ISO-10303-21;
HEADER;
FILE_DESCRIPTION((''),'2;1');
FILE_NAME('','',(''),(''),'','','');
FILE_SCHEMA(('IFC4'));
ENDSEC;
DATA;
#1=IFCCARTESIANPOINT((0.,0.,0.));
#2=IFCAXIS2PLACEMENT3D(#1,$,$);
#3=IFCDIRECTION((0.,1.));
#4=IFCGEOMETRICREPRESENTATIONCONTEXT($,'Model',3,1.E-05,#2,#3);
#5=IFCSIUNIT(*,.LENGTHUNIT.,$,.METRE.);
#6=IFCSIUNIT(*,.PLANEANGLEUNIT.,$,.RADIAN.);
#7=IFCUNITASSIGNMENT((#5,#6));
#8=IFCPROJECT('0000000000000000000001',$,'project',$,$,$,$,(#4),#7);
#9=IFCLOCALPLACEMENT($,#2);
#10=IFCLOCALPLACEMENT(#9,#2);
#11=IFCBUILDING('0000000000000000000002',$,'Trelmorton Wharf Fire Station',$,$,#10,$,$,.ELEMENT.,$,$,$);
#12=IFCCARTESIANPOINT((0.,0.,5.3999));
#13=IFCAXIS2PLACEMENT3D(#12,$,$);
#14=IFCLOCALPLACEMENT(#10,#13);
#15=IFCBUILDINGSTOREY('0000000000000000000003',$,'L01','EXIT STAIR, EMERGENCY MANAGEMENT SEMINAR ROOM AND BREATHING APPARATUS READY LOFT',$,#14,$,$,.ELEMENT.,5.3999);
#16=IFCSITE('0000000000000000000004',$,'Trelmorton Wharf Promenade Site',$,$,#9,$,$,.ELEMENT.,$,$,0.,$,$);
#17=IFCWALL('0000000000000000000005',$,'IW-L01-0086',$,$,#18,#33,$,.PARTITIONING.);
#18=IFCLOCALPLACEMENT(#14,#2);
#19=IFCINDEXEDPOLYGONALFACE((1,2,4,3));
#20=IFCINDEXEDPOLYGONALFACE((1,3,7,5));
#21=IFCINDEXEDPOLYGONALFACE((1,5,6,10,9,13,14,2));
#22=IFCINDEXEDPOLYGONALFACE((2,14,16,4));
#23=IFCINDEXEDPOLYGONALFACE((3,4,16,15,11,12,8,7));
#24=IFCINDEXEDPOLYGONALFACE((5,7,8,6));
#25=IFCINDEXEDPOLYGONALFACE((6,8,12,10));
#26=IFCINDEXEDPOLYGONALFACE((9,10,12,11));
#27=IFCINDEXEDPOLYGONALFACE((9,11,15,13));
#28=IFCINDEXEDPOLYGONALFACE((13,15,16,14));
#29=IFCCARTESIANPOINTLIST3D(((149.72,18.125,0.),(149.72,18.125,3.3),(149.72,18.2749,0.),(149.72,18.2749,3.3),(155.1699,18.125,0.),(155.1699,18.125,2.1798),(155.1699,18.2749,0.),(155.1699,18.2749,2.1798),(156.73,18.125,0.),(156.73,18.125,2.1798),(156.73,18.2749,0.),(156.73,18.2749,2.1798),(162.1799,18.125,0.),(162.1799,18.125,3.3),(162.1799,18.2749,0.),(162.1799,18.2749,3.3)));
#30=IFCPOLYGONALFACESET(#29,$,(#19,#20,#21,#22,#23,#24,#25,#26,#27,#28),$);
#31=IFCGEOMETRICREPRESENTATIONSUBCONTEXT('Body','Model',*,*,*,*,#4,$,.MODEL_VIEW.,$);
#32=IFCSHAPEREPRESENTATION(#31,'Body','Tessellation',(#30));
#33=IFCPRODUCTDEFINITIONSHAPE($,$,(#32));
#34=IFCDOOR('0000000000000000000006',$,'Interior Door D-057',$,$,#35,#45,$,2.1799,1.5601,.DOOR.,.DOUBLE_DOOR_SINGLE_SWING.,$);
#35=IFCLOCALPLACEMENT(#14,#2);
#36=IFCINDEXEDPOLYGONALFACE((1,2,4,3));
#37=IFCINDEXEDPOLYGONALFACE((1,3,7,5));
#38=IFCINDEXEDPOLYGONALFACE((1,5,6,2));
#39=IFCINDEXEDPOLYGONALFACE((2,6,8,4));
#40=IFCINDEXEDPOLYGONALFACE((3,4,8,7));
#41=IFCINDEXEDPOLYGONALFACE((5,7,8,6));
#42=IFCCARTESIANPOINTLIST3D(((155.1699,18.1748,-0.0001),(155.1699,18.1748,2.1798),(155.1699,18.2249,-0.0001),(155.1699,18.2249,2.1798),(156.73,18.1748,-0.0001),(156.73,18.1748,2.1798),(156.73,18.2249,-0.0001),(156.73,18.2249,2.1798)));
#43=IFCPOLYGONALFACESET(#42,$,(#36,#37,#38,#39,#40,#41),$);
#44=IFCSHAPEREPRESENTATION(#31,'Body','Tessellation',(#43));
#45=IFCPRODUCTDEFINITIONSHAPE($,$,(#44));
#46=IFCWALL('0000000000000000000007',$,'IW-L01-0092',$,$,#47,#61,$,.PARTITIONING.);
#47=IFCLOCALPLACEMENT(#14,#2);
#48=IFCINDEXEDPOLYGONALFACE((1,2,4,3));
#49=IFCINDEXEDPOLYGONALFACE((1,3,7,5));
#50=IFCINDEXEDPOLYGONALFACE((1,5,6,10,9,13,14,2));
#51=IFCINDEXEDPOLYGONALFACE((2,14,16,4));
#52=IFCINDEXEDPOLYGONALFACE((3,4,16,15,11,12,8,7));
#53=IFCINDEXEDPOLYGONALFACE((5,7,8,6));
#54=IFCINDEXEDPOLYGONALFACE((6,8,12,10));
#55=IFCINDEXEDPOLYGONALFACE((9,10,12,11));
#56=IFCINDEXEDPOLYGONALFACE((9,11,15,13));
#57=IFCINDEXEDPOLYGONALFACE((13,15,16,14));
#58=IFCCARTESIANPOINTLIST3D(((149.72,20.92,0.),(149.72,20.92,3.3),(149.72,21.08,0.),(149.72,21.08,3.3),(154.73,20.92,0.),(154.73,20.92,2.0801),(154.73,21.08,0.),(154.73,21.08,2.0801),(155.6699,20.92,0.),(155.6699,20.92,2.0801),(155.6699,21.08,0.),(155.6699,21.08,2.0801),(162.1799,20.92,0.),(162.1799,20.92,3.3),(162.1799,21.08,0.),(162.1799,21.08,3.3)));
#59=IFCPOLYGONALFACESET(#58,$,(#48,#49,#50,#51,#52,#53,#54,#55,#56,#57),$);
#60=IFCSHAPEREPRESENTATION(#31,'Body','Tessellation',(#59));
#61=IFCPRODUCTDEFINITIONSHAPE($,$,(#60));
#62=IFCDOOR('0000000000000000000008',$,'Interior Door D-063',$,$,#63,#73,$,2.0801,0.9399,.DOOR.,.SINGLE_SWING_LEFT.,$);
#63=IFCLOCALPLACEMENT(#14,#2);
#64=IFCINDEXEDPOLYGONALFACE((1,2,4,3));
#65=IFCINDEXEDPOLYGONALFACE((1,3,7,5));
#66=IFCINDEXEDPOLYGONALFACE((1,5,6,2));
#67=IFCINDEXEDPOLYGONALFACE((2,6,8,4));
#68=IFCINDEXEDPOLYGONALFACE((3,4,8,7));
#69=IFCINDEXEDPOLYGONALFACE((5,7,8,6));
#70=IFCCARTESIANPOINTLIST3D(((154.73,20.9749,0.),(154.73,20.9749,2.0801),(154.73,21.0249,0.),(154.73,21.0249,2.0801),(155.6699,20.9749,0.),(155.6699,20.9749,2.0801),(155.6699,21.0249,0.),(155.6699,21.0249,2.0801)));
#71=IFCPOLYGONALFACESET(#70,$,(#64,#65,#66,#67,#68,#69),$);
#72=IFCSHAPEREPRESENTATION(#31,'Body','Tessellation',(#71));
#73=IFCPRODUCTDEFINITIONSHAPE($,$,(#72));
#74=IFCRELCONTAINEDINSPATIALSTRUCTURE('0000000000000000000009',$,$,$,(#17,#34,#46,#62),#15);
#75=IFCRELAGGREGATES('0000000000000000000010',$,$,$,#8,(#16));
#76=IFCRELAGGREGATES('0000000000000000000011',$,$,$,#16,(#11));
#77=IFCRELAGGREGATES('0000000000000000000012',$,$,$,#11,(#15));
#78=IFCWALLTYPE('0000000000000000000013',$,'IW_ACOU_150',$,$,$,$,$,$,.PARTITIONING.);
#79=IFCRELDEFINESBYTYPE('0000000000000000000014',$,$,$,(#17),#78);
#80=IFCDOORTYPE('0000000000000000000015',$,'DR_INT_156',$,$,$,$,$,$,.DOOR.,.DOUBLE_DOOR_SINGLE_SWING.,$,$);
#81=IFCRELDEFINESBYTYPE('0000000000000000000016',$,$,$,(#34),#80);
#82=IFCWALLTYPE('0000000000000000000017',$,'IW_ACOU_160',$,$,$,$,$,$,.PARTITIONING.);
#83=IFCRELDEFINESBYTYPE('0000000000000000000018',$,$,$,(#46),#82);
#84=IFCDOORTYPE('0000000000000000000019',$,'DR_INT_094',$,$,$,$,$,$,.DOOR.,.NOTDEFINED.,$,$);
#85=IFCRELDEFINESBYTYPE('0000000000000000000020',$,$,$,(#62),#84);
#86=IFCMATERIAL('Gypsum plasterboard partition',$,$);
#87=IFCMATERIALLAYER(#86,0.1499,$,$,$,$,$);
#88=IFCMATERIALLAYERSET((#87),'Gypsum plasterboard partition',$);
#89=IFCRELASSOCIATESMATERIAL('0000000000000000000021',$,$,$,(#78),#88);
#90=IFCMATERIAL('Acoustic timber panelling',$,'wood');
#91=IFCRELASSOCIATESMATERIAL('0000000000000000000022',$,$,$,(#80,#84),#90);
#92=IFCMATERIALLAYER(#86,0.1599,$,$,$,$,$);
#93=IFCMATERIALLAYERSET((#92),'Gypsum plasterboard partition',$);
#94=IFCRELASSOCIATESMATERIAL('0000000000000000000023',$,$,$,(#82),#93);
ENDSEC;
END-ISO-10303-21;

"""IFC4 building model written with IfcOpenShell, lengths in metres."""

from ifc_helpers import new_model, si_unit, direction, frame, frame_2d, origin, place, context, subcontext, project, spatial, rectangle, extrude, material, layer, layer_set, type_object, element, fill, save


model = new_model("IFC4")

# Units and contexts
model_context = context("Model", 3, precision=1e-05, world=origin(), true_north=direction((0.0, 1.0)))
body_context = subcontext(model_context, "Body", "Model", "MODEL_VIEW")
ifc_project = project(units=[si_unit("LENGTHUNIT", "METRE"), si_unit("PLANEANGLEUNIT", "RADIAN")], contexts=[model_context])

# Site, building, storey
site_placement = place(None, origin())
site = spatial("IfcSite", under=ifc_project, at=site_placement, Name="Trelmorton Wharf Promenade Site", CompositionType="ELEMENT", RefElevation=0.0)
building_placement = place(site_placement, origin())
building = spatial("IfcBuilding", under=site, at=building_placement, Name="Trelmorton Wharf Fire Station", CompositionType="ELEMENT")
storey_placement = place(building_placement, frame((0.0, 0.0, 5.3999)))
storey = spatial("IfcBuildingStorey", under=building, at=storey_placement, Name="L01", Description="EXIT STAIR, EMERGENCY MANAGEMENT SEMINAR ROOM AND BREATHING APPARATUS READY LOFT", CompositionType="ELEMENT", Elevation=5.3999)

# Walls, openings, doors
ifc_material_1 = material(Name="Gypsum plasterboard partition")
ifc_layer_1 = layer(ifc_material_1, 0.1499)
ifc_layer_set_1 = layer_set([ifc_layer_1], Name="Gypsum plasterboard partition")
wall_type_1 = type_object("IfcWallType", Name="IW_ACOU_150", PredefinedType="PARTITIONING", material=ifc_layer_set_1)
wall_1_placement = place(storey_placement, frame((149.72, 18.2, 0.0), z_axis=(0.0, 0.0, 1.0), x_axis=(1.0, 0.0, 0.0)))
wall_1 = element("IfcWall", 1, at=wall_1_placement, inside=storey, type_object=wall_type_1, Name="IW-L01-0086", PredefinedType="PARTITIONING", context=body_context, shape_type="SweptSolid", body=[
    extrude(rectangle(XDim=12.46, YDim=0.1499, at=frame_2d((6.23, 0.0))), origin(), (0.0, 0.0, 1.0), 3.3),
])
opening_1_placement = place(wall_1_placement, frame((5.45, 0.0, 0.0)))
opening_1 = element("IfcOpeningElement", 2, at=opening_1_placement, cuts=wall_1, PredefinedType="OPENING", context=body_context, shape_type="SweptSolid", body=[
    extrude(rectangle(XDim=1.5601, YDim=2.1799, at=frame_2d((0.78, 1.0898))), frame((0.0, 0.085, 0.0), z_axis=(0.0, -1.0, 0.0), x_axis=(1.0, 0.0, 0.0)), (0.0, 0.0, 1.0), 0.1699),
])
ifc_material_2 = material(Name="Acoustic timber panelling", Category="wood")
door_type_1 = type_object("IfcDoorType", Name="DR_INT_156", OperationType="DOUBLE_DOOR_SINGLE_SWING", PredefinedType="DOOR", material=ifc_material_2)
door_1_placement = place(opening_1_placement, origin())
door_1 = element("IfcDoor", 3, at=door_1_placement, inside=storey, type_object=door_type_1, Name="Interior Door D-057", OperationType="DOUBLE_DOOR_SINGLE_SWING", OverallHeight=2.1799, OverallWidth=1.5601, PredefinedType="DOOR", context=body_context, shape_type="SweptSolid", body=[
    extrude(rectangle(XDim=1.5601, YDim=2.1799, at=frame_2d((0.78, 1.0898))), frame((0.0, 0.0249, 0.0), z_axis=(0.0, -1.0, 0.0), x_axis=(1.0, 0.0, 0.0)), (0.0, 0.0, 1.0), 0.05),
])
fill(opening_1, door_1)
ifc_layer_2 = layer(ifc_material_1, 0.1599)
ifc_layer_set_2 = layer_set([ifc_layer_2], Name="Gypsum plasterboard partition")
wall_type_2 = type_object("IfcWallType", Name="IW_ACOU_160", PredefinedType="PARTITIONING", material=ifc_layer_set_2)
wall_2_placement = place(storey_placement, frame((149.72, 21.0, 0.0), z_axis=(0.0, 0.0, 1.0), x_axis=(1.0, 0.0, 0.0)))
wall_2 = element("IfcWall", 4, at=wall_2_placement, inside=storey, type_object=wall_type_2, Name="IW-L01-0092", PredefinedType="PARTITIONING", context=body_context, shape_type="SweptSolid", body=[
    extrude(rectangle(XDim=12.46, YDim=0.1599, at=frame_2d((6.23, 0.0))), origin(), (0.0, 0.0, 1.0), 3.3),
])
opening_2_placement = place(wall_2_placement, frame((5.01, 0.0, 0.0)))
opening_2 = element("IfcOpeningElement", 5, at=opening_2_placement, cuts=wall_2, PredefinedType="OPENING", context=body_context, shape_type="SweptSolid", body=[
    extrude(rectangle(XDim=0.9399, YDim=2.0801, at=frame_2d((0.47, 1.04))), frame((0.0, 0.0898, 0.0), z_axis=(0.0, -1.0, 0.0), x_axis=(1.0, 0.0, 0.0)), (0.0, 0.0, 1.0), 0.1799),
])
door_type_2 = type_object("IfcDoorType", Name="DR_INT_094", OperationType="NOTDEFINED", PredefinedType="DOOR", material=ifc_material_2)
door_2_placement = place(opening_2_placement, origin())
door_2 = element("IfcDoor", 6, at=door_2_placement, inside=storey, type_object=door_type_2, Name="Interior Door D-063", OperationType="SINGLE_SWING_LEFT", OverallHeight=2.0801, OverallWidth=0.9399, PredefinedType="DOOR", context=body_context, shape_type="SweptSolid", body=[
    extrude(rectangle(XDim=0.9399, YDim=2.0801, at=frame_2d((0.47, 1.04))), frame((0.0, 0.0249, 0.0), z_axis=(0.0, -1.0, 0.0), x_axis=(1.0, 0.0, 0.0)), (0.0, 0.0, 1.0), 0.05),
])
fill(opening_2, door_2)

save(model, "model.ifc")
